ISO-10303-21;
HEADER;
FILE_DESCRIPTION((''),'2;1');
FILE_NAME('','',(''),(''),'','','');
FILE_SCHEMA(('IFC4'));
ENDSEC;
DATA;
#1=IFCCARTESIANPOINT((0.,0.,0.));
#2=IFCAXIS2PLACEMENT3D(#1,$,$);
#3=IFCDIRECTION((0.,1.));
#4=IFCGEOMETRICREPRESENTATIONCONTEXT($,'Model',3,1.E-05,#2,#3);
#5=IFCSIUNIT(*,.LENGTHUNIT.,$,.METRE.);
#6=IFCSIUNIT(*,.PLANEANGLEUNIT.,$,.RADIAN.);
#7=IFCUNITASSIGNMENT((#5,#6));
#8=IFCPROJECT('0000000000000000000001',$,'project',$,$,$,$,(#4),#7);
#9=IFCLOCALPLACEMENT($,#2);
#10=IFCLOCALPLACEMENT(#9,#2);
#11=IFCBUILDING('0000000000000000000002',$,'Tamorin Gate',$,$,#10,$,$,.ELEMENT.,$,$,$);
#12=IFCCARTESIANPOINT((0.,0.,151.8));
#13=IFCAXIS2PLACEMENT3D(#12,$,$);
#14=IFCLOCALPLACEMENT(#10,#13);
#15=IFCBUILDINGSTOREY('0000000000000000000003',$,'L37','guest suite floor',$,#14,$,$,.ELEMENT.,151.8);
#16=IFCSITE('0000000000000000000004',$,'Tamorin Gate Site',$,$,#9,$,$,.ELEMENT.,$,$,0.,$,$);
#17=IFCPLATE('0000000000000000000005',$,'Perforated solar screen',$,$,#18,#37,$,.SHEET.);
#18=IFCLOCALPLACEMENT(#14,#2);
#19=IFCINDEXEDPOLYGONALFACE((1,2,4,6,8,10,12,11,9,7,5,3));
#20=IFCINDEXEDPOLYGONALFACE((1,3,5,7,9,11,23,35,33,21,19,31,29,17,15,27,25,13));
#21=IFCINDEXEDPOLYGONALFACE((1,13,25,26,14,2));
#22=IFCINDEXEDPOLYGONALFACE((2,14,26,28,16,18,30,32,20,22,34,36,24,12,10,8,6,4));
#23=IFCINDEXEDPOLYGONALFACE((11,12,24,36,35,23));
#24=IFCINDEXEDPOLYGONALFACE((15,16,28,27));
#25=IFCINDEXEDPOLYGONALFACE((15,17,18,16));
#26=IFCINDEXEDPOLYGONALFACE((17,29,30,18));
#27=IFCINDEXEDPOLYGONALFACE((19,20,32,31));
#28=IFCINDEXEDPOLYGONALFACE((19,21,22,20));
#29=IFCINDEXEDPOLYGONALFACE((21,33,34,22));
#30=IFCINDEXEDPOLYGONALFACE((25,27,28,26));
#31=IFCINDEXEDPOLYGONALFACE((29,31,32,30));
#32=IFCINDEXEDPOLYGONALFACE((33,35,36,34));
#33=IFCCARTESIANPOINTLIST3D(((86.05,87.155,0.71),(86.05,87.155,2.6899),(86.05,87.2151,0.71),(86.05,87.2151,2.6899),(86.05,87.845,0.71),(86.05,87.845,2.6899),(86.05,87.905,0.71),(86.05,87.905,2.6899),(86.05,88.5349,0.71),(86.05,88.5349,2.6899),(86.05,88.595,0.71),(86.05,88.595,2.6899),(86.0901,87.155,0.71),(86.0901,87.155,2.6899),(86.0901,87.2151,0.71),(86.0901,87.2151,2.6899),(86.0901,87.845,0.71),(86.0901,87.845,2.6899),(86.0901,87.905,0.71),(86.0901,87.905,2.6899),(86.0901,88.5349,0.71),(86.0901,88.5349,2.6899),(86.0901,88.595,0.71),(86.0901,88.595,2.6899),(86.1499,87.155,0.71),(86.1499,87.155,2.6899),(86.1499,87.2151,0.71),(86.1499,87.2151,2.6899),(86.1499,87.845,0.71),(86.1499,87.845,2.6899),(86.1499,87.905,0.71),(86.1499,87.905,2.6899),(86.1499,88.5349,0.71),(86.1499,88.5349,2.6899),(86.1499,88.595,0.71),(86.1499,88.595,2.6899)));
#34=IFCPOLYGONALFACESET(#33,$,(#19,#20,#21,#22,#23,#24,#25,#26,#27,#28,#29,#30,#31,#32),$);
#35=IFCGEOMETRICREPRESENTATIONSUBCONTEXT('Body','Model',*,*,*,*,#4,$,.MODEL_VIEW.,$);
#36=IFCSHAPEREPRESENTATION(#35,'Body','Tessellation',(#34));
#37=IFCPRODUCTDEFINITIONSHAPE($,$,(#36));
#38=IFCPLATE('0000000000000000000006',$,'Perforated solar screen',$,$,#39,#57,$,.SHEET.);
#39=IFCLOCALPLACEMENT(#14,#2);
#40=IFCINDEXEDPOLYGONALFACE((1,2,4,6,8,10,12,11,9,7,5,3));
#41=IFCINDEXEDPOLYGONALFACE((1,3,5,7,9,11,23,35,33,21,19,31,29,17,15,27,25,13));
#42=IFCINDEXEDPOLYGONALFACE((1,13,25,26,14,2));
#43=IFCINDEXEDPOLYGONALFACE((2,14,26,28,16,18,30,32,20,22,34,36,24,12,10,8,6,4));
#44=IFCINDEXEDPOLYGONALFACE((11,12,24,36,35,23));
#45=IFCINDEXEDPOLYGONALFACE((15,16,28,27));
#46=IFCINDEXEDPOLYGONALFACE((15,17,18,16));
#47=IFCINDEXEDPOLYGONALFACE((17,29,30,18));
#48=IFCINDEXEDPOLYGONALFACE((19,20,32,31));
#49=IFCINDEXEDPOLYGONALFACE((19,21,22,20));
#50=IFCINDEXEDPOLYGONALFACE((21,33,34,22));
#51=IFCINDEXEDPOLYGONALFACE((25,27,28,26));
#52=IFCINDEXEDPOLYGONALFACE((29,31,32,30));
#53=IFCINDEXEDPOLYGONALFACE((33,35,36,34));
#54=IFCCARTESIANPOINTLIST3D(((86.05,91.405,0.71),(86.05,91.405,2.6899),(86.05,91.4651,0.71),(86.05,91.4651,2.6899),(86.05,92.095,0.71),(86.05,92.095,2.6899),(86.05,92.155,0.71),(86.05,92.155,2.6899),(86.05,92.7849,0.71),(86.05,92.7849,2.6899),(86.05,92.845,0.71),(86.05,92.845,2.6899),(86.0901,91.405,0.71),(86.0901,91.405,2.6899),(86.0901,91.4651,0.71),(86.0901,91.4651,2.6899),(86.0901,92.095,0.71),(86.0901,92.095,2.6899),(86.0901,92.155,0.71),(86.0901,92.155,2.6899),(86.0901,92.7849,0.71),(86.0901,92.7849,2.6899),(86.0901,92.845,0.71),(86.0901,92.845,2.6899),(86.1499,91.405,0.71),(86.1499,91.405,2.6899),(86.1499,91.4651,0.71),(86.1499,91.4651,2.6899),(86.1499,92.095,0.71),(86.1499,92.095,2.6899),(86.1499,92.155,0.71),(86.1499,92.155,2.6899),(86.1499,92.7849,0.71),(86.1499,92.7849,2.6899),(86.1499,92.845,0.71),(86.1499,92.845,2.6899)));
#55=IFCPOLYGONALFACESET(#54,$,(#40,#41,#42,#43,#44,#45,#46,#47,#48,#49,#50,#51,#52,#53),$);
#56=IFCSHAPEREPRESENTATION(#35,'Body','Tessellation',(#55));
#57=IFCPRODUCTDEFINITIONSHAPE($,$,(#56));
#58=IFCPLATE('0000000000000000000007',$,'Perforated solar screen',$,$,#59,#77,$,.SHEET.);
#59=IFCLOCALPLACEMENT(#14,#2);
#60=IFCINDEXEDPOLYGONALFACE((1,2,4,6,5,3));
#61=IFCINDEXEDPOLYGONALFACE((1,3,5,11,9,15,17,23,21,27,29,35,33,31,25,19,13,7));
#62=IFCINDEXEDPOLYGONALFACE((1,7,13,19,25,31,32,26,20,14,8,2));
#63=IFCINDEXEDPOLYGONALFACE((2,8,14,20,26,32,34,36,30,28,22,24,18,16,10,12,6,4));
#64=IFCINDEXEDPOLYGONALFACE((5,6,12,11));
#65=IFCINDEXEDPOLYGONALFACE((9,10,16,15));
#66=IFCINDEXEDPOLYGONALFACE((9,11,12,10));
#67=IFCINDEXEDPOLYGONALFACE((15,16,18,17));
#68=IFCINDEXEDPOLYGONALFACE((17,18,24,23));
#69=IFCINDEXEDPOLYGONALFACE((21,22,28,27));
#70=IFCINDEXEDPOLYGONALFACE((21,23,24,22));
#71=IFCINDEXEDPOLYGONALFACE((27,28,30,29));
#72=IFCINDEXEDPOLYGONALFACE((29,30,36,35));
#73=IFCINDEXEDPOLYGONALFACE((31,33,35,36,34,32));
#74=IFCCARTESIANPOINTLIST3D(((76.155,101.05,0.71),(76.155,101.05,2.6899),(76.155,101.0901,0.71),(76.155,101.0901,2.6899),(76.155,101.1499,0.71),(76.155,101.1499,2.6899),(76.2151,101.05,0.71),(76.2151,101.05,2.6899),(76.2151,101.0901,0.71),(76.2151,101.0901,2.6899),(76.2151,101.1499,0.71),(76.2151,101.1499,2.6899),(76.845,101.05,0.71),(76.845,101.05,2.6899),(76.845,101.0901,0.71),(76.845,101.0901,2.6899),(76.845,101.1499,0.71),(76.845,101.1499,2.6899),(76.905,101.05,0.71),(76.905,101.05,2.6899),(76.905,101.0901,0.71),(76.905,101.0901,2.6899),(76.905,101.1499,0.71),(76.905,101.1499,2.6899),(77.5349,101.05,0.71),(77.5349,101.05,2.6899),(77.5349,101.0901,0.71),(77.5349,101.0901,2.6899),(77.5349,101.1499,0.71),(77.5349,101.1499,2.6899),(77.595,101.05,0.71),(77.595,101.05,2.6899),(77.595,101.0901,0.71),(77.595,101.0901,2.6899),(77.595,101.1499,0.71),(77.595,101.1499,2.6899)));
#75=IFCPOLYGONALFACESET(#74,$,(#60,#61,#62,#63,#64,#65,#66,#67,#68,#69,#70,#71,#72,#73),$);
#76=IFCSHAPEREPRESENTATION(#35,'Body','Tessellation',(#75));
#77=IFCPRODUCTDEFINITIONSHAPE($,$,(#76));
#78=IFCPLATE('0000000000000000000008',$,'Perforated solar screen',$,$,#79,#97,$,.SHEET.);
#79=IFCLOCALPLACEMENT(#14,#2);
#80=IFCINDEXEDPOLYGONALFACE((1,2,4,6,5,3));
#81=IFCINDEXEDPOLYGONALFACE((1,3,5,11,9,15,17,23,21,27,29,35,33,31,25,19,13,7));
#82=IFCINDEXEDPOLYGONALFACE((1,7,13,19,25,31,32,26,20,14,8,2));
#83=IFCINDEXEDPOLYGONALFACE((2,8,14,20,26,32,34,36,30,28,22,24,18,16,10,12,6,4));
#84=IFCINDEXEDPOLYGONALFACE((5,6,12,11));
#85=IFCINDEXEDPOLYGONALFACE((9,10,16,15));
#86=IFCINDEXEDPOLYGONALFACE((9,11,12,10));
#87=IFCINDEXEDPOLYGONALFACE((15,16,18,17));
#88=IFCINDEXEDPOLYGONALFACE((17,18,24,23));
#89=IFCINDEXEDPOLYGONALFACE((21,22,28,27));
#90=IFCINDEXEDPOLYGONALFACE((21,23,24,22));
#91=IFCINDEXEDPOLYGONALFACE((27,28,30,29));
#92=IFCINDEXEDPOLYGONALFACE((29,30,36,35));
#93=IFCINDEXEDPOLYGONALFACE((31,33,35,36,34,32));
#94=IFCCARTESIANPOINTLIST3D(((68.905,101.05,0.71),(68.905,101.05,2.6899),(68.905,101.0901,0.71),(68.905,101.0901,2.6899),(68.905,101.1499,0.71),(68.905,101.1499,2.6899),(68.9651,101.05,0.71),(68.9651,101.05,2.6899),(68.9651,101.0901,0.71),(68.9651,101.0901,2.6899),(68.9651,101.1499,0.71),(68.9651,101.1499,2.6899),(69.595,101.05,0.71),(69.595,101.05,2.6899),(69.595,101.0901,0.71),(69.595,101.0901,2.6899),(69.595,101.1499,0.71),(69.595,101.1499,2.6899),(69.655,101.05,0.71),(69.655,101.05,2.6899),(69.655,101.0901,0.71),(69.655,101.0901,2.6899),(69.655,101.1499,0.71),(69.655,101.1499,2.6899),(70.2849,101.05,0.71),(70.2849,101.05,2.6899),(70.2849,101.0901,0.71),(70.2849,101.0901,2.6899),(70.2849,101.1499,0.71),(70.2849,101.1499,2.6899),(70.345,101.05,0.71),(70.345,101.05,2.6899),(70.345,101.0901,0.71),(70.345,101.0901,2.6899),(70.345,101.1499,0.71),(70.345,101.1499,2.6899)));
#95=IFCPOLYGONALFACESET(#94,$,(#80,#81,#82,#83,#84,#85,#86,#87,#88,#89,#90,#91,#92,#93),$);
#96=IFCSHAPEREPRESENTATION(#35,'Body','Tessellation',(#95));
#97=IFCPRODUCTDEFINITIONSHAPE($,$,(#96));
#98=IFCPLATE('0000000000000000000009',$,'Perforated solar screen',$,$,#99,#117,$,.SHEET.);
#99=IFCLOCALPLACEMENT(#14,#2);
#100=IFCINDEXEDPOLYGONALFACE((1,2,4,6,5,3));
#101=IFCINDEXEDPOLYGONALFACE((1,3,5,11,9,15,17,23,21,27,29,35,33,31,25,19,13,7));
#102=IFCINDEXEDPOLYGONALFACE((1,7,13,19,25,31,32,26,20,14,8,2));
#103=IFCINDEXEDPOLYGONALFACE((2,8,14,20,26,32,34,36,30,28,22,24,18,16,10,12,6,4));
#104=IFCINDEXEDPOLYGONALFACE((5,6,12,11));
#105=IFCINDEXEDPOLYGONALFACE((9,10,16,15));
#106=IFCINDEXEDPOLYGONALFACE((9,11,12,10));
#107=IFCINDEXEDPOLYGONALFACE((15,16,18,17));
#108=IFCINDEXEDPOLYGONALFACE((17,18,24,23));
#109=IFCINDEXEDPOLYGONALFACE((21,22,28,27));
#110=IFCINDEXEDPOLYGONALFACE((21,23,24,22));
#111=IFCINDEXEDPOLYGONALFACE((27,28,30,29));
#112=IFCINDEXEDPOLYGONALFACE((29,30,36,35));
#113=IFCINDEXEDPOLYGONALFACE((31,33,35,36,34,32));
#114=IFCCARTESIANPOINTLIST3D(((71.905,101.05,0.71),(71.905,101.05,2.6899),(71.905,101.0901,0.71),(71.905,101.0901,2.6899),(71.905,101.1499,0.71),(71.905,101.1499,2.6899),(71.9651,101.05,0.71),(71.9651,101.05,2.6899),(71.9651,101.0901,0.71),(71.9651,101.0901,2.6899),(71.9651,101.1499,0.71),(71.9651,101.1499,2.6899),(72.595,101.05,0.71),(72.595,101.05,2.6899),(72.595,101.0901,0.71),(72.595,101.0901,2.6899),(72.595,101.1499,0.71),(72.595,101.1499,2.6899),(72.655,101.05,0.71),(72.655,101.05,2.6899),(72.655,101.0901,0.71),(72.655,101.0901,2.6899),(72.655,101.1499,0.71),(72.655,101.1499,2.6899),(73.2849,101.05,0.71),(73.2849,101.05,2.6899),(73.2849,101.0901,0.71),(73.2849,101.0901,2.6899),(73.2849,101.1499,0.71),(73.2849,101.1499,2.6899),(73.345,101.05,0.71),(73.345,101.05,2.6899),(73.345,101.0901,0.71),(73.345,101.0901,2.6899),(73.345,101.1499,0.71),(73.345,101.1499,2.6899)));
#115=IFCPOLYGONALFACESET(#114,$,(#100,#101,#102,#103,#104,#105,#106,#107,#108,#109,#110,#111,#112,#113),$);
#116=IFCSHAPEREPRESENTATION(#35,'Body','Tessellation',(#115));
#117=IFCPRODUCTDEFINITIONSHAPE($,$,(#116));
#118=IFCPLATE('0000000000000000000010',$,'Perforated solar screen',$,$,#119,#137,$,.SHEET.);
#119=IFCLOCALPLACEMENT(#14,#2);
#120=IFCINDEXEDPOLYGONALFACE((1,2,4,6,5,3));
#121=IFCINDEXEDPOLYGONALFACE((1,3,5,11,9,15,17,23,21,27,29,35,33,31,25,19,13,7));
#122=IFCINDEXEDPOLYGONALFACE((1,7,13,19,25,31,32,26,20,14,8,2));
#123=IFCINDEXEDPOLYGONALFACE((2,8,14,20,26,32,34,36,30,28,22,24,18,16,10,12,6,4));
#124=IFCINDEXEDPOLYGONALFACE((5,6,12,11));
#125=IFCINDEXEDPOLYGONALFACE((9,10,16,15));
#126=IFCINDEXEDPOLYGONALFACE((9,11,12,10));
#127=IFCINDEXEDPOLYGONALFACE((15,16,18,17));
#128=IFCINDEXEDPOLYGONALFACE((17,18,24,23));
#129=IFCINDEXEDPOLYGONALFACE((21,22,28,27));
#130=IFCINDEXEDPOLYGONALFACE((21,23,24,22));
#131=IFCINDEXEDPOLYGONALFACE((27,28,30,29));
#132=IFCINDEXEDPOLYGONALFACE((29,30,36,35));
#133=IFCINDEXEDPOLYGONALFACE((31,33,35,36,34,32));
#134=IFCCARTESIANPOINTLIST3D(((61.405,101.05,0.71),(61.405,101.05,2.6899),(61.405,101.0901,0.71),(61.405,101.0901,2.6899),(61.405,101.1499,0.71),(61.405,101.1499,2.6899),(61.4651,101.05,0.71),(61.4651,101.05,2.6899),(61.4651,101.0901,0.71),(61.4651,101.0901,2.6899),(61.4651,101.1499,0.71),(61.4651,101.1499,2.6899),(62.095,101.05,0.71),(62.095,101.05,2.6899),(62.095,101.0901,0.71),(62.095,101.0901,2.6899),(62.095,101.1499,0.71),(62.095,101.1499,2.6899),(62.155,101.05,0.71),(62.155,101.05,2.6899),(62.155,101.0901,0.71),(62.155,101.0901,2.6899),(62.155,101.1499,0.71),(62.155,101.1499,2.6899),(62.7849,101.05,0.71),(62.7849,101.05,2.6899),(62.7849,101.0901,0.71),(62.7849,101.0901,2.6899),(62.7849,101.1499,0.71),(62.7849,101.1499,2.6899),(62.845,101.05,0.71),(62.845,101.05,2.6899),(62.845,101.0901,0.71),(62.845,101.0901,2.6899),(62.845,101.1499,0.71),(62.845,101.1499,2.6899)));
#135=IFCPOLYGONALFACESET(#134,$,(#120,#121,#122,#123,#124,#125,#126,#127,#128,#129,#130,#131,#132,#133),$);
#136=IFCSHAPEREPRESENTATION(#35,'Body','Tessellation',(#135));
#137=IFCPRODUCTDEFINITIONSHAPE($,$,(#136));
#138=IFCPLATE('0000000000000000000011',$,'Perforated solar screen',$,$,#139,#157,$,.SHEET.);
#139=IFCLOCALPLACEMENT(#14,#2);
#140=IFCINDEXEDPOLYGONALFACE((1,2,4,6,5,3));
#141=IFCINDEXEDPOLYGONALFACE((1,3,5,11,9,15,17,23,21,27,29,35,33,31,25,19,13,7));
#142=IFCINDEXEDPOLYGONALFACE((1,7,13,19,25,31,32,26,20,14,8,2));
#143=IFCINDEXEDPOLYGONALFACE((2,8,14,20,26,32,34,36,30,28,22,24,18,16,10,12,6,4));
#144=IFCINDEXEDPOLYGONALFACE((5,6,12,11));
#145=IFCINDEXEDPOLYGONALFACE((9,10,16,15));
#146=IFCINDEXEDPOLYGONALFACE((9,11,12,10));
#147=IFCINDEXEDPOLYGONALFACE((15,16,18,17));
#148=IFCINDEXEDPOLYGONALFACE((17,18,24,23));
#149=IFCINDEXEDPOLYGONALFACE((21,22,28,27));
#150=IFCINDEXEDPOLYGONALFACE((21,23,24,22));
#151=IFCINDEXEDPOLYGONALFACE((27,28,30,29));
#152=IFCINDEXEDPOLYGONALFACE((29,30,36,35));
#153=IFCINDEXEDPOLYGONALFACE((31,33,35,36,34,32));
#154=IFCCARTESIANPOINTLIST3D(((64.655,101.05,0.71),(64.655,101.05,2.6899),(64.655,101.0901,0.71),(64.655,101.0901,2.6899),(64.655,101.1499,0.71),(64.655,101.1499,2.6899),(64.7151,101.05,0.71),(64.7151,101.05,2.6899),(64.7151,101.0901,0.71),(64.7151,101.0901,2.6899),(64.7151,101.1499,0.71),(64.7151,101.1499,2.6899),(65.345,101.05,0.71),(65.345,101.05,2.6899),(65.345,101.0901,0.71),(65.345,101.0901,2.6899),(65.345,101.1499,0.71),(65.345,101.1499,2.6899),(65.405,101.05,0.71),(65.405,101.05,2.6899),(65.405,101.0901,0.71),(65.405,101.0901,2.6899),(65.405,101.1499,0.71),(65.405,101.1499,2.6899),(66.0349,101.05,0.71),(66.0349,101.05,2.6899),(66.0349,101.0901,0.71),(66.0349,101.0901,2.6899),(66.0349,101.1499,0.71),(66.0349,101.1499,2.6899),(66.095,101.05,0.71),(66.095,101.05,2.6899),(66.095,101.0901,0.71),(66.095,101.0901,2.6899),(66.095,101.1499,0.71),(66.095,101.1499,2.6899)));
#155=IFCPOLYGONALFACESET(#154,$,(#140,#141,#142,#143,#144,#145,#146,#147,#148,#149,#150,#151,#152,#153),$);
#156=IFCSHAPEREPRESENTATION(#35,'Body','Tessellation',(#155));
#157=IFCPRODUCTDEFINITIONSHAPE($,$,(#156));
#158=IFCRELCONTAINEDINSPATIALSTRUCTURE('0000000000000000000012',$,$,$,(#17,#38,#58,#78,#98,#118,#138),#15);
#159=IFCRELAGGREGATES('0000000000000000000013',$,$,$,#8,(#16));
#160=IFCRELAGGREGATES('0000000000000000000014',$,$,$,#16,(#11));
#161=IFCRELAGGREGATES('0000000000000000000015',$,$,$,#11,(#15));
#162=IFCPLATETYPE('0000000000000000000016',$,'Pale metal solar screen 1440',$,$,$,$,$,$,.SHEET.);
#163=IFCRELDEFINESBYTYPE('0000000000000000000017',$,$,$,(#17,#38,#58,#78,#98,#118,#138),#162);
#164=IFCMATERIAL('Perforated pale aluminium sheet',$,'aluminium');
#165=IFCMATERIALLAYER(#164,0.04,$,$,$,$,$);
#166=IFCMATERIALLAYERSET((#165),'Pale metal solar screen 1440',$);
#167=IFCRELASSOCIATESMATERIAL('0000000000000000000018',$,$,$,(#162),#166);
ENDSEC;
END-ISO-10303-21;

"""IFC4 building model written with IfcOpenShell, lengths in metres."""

from ifc_helpers import new_model, si_unit, direction, frame, origin, place, context, subcontext, project, spatial, polyline, outline, extrude, material, layer, layer_set, type_object, element, save


model = new_model("IFC4")

# Units and contexts
model_context = context("Model", 3, precision=1e-05, world=origin(), true_north=direction((0.0, 1.0)))
body_context = subcontext(model_context, "Body", "Model", "MODEL_VIEW")
ifc_project = project(units=[si_unit("LENGTHUNIT", "METRE"), si_unit("PLANEANGLEUNIT", "RADIAN")], contexts=[model_context])

# Site, building, storey
site_placement = place(None, origin())
site = spatial("IfcSite", under=ifc_project, at=site_placement, Name="Tamorin Gate Site", CompositionType="ELEMENT", RefElevation=0.0)
building_placement = place(site_placement, origin())
building = spatial("IfcBuilding", under=site, at=building_placement, Name="Tamorin Gate", CompositionType="ELEMENT")
storey_placement = place(building_placement, frame((0.0, 0.0, 151.8)))
storey = spatial("IfcBuildingStorey", under=building, at=storey_placement, Name="L37", Description="guest suite floor", CompositionType="ELEMENT", Elevation=151.8)

# Plates
ifc_material = material(Name="Perforated pale aluminium sheet", Category="aluminium")
ifc_layer_1 = layer(ifc_material, 0.04)
ifc_layer_set_1 = layer_set([ifc_layer_1], Name="Pale metal solar screen 1440")
plate_type_1 = type_object("IfcPlateType", Name="Pale metal solar screen 1440", PredefinedType="SHEET", material=ifc_layer_set_1)
plate_1_placement = place(storey_placement, frame((0.0, 0.0, 0.71)))
element("IfcPlate", 1, at=plate_1_placement, inside=storey, type_object=plate_type_1, Name="Perforated solar screen", PredefinedType="SHEET", context=body_context, shape_type="SweptSolid", body=[
    extrude(outline(polyline([(86.0901, 87.155), (86.05, 87.155), (86.05, 87.2151), (86.05, 87.845), (86.05, 87.905), (86.05, 88.5349), (86.05, 88.595), (86.0901, 88.595), (86.1499, 88.595), (86.1499, 88.5349), (86.0901, 88.5349), (86.0901, 87.905), (86.1499, 87.905), (86.1499, 87.845), (86.0901, 87.845), (86.0901, 87.2151), (86.1499, 87.2151), (86.1499, 87.155), (86.0901, 87.155)])), origin(), (0.0, 0.0, 1.0), 1.98),
])
plate_2_placement = place(storey_placement, frame((0.0, 0.0, 0.71)))
element("IfcPlate", 2, at=plate_2_placement, inside=storey, type_object=plate_type_1, Name="Perforated solar screen", PredefinedType="SHEET", context=body_context, shape_type="SweptSolid", body=[
    extrude(outline(polyline([(86.0901, 91.405), (86.05, 91.405), (86.05, 91.4651), (86.05, 92.095), (86.05, 92.155), (86.05, 92.7849), (86.05, 92.845), (86.0901, 92.845), (86.1499, 92.845), (86.1499, 92.7849), (86.0901, 92.7849), (86.0901, 92.155), (86.1499, 92.155), (86.1499, 92.095), (86.0901, 92.095), (86.0901, 91.4651), (86.1499, 91.4651), (86.1499, 91.405), (86.0901, 91.405)])), origin(), (0.0, 0.0, 1.0), 1.98),
])
plate_3_placement = place(storey_placement, frame((0.0, 0.0, 0.71)))
element("IfcPlate", 3, at=plate_3_placement, inside=storey, type_object=plate_type_1, Name="Perforated solar screen", PredefinedType="SHEET", context=body_context, shape_type="SweptSolid", body=[
    extrude(outline(polyline([(77.595, 101.0901), (77.595, 101.05), (77.5349, 101.05), (76.905, 101.05), (76.845, 101.05), (76.2151, 101.05), (76.155, 101.05), (76.155, 101.05), (76.155, 101.0901), (76.155, 101.0901), (76.155, 101.1499), (76.2151, 101.1499), (76.2151, 101.0901), (76.845, 101.0901), (76.845, 101.1499), (76.905, 101.1499), (76.905, 101.0901), (77.5349, 101.0901), (77.5349, 101.1499), (77.595, 101.1499), (77.595, 101.0901)])), origin(), (0.0, 0.0, 1.0), 1.98),
])
plate_4_placement = place(storey_placement, frame((0.0, 0.0, 0.71)))
element("IfcPlate", 4, at=plate_4_placement, inside=storey, type_object=plate_type_1, Name="Perforated solar screen", PredefinedType="SHEET", context=body_context, shape_type="SweptSolid", body=[
    extrude(outline(polyline([(70.345, 101.0901), (70.345, 101.05), (70.2849, 101.05), (69.655, 101.05), (69.595, 101.05), (68.9651, 101.05), (68.905, 101.05), (68.905, 101.0901), (68.905, 101.1499), (68.9651, 101.1499), (68.9651, 101.0901), (69.595, 101.0901), (69.595, 101.1499), (69.655, 101.1499), (69.655, 101.0901), (70.2849, 101.0901), (70.2849, 101.1499), (70.345, 101.1499), (70.345, 101.0901)])), origin(), (0.0, 0.0, 1.0), 1.98),
])
plate_5_placement = place(storey_placement, frame((0.0, 0.0, 0.71)))
element("IfcPlate", 5, at=plate_5_placement, inside=storey, type_object=plate_type_1, Name="Perforated solar screen", PredefinedType="SHEET", context=body_context, shape_type="SweptSolid", body=[
    extrude(outline(polyline([(73.345, 101.0901), (73.345, 101.05), (73.2849, 101.05), (72.655, 101.05), (72.595, 101.05), (71.9651, 101.05), (71.905, 101.05), (71.905, 101.0901), (71.905, 101.1499), (71.9651, 101.1499), (71.9651, 101.0901), (72.595, 101.0901), (72.595, 101.1499), (72.655, 101.1499), (72.655, 101.0901), (73.2849, 101.0901), (73.2849, 101.1499), (73.345, 101.1499), (73.345, 101.0901)])), origin(), (0.0, 0.0, 1.0), 1.98),
])
plate_6_placement = place(storey_placement, frame((0.0, 0.0, 0.71)))
element("IfcPlate", 6, at=plate_6_placement, inside=storey, type_object=plate_type_1, Name="Perforated solar screen", PredefinedType="SHEET", context=body_context, shape_type="SweptSolid", body=[
    extrude(outline(polyline([(62.845, 101.0901), (62.845, 101.05), (62.7849, 101.05), (62.155, 101.05), (62.095, 101.05), (61.4651, 101.05), (61.405, 101.05), (61.405, 101.0901), (61.405, 101.1499), (61.4651, 101.1499), (61.4651, 101.0901), (62.095, 101.0901), (62.095, 101.1499), (62.155, 101.1499), (62.155, 101.0901), (62.7849, 101.0901), (62.7849, 101.1499), (62.845, 101.1499), (62.845, 101.0901)])), origin(), (0.0, 0.0, 1.0), 1.98),
])
plate_7_placement = place(storey_placement, frame((0.0, 0.0, 0.71)))
element("IfcPlate", 7, at=plate_7_placement, inside=storey, type_object=plate_type_1, Name="Perforated solar screen", PredefinedType="SHEET", context=body_context, shape_type="SweptSolid", body=[
    extrude(outline(polyline([(66.095, 101.0901), (66.095, 101.05), (66.0349, 101.05), (65.405, 101.05), (65.345, 101.05), (64.7151, 101.05), (64.655, 101.05), (64.655, 101.0901), (64.655, 101.1499), (64.7151, 101.1499), (64.7151, 101.0901), (65.345, 101.0901), (65.345, 101.1499), (65.405, 101.1499), (65.405, 101.0901), (66.0349, 101.0901), (66.0349, 101.1499), (66.095, 101.1499), (66.095, 101.0901)])), origin(), (0.0, 0.0, 1.0), 1.98),
])

save(model, "model.ifc")
